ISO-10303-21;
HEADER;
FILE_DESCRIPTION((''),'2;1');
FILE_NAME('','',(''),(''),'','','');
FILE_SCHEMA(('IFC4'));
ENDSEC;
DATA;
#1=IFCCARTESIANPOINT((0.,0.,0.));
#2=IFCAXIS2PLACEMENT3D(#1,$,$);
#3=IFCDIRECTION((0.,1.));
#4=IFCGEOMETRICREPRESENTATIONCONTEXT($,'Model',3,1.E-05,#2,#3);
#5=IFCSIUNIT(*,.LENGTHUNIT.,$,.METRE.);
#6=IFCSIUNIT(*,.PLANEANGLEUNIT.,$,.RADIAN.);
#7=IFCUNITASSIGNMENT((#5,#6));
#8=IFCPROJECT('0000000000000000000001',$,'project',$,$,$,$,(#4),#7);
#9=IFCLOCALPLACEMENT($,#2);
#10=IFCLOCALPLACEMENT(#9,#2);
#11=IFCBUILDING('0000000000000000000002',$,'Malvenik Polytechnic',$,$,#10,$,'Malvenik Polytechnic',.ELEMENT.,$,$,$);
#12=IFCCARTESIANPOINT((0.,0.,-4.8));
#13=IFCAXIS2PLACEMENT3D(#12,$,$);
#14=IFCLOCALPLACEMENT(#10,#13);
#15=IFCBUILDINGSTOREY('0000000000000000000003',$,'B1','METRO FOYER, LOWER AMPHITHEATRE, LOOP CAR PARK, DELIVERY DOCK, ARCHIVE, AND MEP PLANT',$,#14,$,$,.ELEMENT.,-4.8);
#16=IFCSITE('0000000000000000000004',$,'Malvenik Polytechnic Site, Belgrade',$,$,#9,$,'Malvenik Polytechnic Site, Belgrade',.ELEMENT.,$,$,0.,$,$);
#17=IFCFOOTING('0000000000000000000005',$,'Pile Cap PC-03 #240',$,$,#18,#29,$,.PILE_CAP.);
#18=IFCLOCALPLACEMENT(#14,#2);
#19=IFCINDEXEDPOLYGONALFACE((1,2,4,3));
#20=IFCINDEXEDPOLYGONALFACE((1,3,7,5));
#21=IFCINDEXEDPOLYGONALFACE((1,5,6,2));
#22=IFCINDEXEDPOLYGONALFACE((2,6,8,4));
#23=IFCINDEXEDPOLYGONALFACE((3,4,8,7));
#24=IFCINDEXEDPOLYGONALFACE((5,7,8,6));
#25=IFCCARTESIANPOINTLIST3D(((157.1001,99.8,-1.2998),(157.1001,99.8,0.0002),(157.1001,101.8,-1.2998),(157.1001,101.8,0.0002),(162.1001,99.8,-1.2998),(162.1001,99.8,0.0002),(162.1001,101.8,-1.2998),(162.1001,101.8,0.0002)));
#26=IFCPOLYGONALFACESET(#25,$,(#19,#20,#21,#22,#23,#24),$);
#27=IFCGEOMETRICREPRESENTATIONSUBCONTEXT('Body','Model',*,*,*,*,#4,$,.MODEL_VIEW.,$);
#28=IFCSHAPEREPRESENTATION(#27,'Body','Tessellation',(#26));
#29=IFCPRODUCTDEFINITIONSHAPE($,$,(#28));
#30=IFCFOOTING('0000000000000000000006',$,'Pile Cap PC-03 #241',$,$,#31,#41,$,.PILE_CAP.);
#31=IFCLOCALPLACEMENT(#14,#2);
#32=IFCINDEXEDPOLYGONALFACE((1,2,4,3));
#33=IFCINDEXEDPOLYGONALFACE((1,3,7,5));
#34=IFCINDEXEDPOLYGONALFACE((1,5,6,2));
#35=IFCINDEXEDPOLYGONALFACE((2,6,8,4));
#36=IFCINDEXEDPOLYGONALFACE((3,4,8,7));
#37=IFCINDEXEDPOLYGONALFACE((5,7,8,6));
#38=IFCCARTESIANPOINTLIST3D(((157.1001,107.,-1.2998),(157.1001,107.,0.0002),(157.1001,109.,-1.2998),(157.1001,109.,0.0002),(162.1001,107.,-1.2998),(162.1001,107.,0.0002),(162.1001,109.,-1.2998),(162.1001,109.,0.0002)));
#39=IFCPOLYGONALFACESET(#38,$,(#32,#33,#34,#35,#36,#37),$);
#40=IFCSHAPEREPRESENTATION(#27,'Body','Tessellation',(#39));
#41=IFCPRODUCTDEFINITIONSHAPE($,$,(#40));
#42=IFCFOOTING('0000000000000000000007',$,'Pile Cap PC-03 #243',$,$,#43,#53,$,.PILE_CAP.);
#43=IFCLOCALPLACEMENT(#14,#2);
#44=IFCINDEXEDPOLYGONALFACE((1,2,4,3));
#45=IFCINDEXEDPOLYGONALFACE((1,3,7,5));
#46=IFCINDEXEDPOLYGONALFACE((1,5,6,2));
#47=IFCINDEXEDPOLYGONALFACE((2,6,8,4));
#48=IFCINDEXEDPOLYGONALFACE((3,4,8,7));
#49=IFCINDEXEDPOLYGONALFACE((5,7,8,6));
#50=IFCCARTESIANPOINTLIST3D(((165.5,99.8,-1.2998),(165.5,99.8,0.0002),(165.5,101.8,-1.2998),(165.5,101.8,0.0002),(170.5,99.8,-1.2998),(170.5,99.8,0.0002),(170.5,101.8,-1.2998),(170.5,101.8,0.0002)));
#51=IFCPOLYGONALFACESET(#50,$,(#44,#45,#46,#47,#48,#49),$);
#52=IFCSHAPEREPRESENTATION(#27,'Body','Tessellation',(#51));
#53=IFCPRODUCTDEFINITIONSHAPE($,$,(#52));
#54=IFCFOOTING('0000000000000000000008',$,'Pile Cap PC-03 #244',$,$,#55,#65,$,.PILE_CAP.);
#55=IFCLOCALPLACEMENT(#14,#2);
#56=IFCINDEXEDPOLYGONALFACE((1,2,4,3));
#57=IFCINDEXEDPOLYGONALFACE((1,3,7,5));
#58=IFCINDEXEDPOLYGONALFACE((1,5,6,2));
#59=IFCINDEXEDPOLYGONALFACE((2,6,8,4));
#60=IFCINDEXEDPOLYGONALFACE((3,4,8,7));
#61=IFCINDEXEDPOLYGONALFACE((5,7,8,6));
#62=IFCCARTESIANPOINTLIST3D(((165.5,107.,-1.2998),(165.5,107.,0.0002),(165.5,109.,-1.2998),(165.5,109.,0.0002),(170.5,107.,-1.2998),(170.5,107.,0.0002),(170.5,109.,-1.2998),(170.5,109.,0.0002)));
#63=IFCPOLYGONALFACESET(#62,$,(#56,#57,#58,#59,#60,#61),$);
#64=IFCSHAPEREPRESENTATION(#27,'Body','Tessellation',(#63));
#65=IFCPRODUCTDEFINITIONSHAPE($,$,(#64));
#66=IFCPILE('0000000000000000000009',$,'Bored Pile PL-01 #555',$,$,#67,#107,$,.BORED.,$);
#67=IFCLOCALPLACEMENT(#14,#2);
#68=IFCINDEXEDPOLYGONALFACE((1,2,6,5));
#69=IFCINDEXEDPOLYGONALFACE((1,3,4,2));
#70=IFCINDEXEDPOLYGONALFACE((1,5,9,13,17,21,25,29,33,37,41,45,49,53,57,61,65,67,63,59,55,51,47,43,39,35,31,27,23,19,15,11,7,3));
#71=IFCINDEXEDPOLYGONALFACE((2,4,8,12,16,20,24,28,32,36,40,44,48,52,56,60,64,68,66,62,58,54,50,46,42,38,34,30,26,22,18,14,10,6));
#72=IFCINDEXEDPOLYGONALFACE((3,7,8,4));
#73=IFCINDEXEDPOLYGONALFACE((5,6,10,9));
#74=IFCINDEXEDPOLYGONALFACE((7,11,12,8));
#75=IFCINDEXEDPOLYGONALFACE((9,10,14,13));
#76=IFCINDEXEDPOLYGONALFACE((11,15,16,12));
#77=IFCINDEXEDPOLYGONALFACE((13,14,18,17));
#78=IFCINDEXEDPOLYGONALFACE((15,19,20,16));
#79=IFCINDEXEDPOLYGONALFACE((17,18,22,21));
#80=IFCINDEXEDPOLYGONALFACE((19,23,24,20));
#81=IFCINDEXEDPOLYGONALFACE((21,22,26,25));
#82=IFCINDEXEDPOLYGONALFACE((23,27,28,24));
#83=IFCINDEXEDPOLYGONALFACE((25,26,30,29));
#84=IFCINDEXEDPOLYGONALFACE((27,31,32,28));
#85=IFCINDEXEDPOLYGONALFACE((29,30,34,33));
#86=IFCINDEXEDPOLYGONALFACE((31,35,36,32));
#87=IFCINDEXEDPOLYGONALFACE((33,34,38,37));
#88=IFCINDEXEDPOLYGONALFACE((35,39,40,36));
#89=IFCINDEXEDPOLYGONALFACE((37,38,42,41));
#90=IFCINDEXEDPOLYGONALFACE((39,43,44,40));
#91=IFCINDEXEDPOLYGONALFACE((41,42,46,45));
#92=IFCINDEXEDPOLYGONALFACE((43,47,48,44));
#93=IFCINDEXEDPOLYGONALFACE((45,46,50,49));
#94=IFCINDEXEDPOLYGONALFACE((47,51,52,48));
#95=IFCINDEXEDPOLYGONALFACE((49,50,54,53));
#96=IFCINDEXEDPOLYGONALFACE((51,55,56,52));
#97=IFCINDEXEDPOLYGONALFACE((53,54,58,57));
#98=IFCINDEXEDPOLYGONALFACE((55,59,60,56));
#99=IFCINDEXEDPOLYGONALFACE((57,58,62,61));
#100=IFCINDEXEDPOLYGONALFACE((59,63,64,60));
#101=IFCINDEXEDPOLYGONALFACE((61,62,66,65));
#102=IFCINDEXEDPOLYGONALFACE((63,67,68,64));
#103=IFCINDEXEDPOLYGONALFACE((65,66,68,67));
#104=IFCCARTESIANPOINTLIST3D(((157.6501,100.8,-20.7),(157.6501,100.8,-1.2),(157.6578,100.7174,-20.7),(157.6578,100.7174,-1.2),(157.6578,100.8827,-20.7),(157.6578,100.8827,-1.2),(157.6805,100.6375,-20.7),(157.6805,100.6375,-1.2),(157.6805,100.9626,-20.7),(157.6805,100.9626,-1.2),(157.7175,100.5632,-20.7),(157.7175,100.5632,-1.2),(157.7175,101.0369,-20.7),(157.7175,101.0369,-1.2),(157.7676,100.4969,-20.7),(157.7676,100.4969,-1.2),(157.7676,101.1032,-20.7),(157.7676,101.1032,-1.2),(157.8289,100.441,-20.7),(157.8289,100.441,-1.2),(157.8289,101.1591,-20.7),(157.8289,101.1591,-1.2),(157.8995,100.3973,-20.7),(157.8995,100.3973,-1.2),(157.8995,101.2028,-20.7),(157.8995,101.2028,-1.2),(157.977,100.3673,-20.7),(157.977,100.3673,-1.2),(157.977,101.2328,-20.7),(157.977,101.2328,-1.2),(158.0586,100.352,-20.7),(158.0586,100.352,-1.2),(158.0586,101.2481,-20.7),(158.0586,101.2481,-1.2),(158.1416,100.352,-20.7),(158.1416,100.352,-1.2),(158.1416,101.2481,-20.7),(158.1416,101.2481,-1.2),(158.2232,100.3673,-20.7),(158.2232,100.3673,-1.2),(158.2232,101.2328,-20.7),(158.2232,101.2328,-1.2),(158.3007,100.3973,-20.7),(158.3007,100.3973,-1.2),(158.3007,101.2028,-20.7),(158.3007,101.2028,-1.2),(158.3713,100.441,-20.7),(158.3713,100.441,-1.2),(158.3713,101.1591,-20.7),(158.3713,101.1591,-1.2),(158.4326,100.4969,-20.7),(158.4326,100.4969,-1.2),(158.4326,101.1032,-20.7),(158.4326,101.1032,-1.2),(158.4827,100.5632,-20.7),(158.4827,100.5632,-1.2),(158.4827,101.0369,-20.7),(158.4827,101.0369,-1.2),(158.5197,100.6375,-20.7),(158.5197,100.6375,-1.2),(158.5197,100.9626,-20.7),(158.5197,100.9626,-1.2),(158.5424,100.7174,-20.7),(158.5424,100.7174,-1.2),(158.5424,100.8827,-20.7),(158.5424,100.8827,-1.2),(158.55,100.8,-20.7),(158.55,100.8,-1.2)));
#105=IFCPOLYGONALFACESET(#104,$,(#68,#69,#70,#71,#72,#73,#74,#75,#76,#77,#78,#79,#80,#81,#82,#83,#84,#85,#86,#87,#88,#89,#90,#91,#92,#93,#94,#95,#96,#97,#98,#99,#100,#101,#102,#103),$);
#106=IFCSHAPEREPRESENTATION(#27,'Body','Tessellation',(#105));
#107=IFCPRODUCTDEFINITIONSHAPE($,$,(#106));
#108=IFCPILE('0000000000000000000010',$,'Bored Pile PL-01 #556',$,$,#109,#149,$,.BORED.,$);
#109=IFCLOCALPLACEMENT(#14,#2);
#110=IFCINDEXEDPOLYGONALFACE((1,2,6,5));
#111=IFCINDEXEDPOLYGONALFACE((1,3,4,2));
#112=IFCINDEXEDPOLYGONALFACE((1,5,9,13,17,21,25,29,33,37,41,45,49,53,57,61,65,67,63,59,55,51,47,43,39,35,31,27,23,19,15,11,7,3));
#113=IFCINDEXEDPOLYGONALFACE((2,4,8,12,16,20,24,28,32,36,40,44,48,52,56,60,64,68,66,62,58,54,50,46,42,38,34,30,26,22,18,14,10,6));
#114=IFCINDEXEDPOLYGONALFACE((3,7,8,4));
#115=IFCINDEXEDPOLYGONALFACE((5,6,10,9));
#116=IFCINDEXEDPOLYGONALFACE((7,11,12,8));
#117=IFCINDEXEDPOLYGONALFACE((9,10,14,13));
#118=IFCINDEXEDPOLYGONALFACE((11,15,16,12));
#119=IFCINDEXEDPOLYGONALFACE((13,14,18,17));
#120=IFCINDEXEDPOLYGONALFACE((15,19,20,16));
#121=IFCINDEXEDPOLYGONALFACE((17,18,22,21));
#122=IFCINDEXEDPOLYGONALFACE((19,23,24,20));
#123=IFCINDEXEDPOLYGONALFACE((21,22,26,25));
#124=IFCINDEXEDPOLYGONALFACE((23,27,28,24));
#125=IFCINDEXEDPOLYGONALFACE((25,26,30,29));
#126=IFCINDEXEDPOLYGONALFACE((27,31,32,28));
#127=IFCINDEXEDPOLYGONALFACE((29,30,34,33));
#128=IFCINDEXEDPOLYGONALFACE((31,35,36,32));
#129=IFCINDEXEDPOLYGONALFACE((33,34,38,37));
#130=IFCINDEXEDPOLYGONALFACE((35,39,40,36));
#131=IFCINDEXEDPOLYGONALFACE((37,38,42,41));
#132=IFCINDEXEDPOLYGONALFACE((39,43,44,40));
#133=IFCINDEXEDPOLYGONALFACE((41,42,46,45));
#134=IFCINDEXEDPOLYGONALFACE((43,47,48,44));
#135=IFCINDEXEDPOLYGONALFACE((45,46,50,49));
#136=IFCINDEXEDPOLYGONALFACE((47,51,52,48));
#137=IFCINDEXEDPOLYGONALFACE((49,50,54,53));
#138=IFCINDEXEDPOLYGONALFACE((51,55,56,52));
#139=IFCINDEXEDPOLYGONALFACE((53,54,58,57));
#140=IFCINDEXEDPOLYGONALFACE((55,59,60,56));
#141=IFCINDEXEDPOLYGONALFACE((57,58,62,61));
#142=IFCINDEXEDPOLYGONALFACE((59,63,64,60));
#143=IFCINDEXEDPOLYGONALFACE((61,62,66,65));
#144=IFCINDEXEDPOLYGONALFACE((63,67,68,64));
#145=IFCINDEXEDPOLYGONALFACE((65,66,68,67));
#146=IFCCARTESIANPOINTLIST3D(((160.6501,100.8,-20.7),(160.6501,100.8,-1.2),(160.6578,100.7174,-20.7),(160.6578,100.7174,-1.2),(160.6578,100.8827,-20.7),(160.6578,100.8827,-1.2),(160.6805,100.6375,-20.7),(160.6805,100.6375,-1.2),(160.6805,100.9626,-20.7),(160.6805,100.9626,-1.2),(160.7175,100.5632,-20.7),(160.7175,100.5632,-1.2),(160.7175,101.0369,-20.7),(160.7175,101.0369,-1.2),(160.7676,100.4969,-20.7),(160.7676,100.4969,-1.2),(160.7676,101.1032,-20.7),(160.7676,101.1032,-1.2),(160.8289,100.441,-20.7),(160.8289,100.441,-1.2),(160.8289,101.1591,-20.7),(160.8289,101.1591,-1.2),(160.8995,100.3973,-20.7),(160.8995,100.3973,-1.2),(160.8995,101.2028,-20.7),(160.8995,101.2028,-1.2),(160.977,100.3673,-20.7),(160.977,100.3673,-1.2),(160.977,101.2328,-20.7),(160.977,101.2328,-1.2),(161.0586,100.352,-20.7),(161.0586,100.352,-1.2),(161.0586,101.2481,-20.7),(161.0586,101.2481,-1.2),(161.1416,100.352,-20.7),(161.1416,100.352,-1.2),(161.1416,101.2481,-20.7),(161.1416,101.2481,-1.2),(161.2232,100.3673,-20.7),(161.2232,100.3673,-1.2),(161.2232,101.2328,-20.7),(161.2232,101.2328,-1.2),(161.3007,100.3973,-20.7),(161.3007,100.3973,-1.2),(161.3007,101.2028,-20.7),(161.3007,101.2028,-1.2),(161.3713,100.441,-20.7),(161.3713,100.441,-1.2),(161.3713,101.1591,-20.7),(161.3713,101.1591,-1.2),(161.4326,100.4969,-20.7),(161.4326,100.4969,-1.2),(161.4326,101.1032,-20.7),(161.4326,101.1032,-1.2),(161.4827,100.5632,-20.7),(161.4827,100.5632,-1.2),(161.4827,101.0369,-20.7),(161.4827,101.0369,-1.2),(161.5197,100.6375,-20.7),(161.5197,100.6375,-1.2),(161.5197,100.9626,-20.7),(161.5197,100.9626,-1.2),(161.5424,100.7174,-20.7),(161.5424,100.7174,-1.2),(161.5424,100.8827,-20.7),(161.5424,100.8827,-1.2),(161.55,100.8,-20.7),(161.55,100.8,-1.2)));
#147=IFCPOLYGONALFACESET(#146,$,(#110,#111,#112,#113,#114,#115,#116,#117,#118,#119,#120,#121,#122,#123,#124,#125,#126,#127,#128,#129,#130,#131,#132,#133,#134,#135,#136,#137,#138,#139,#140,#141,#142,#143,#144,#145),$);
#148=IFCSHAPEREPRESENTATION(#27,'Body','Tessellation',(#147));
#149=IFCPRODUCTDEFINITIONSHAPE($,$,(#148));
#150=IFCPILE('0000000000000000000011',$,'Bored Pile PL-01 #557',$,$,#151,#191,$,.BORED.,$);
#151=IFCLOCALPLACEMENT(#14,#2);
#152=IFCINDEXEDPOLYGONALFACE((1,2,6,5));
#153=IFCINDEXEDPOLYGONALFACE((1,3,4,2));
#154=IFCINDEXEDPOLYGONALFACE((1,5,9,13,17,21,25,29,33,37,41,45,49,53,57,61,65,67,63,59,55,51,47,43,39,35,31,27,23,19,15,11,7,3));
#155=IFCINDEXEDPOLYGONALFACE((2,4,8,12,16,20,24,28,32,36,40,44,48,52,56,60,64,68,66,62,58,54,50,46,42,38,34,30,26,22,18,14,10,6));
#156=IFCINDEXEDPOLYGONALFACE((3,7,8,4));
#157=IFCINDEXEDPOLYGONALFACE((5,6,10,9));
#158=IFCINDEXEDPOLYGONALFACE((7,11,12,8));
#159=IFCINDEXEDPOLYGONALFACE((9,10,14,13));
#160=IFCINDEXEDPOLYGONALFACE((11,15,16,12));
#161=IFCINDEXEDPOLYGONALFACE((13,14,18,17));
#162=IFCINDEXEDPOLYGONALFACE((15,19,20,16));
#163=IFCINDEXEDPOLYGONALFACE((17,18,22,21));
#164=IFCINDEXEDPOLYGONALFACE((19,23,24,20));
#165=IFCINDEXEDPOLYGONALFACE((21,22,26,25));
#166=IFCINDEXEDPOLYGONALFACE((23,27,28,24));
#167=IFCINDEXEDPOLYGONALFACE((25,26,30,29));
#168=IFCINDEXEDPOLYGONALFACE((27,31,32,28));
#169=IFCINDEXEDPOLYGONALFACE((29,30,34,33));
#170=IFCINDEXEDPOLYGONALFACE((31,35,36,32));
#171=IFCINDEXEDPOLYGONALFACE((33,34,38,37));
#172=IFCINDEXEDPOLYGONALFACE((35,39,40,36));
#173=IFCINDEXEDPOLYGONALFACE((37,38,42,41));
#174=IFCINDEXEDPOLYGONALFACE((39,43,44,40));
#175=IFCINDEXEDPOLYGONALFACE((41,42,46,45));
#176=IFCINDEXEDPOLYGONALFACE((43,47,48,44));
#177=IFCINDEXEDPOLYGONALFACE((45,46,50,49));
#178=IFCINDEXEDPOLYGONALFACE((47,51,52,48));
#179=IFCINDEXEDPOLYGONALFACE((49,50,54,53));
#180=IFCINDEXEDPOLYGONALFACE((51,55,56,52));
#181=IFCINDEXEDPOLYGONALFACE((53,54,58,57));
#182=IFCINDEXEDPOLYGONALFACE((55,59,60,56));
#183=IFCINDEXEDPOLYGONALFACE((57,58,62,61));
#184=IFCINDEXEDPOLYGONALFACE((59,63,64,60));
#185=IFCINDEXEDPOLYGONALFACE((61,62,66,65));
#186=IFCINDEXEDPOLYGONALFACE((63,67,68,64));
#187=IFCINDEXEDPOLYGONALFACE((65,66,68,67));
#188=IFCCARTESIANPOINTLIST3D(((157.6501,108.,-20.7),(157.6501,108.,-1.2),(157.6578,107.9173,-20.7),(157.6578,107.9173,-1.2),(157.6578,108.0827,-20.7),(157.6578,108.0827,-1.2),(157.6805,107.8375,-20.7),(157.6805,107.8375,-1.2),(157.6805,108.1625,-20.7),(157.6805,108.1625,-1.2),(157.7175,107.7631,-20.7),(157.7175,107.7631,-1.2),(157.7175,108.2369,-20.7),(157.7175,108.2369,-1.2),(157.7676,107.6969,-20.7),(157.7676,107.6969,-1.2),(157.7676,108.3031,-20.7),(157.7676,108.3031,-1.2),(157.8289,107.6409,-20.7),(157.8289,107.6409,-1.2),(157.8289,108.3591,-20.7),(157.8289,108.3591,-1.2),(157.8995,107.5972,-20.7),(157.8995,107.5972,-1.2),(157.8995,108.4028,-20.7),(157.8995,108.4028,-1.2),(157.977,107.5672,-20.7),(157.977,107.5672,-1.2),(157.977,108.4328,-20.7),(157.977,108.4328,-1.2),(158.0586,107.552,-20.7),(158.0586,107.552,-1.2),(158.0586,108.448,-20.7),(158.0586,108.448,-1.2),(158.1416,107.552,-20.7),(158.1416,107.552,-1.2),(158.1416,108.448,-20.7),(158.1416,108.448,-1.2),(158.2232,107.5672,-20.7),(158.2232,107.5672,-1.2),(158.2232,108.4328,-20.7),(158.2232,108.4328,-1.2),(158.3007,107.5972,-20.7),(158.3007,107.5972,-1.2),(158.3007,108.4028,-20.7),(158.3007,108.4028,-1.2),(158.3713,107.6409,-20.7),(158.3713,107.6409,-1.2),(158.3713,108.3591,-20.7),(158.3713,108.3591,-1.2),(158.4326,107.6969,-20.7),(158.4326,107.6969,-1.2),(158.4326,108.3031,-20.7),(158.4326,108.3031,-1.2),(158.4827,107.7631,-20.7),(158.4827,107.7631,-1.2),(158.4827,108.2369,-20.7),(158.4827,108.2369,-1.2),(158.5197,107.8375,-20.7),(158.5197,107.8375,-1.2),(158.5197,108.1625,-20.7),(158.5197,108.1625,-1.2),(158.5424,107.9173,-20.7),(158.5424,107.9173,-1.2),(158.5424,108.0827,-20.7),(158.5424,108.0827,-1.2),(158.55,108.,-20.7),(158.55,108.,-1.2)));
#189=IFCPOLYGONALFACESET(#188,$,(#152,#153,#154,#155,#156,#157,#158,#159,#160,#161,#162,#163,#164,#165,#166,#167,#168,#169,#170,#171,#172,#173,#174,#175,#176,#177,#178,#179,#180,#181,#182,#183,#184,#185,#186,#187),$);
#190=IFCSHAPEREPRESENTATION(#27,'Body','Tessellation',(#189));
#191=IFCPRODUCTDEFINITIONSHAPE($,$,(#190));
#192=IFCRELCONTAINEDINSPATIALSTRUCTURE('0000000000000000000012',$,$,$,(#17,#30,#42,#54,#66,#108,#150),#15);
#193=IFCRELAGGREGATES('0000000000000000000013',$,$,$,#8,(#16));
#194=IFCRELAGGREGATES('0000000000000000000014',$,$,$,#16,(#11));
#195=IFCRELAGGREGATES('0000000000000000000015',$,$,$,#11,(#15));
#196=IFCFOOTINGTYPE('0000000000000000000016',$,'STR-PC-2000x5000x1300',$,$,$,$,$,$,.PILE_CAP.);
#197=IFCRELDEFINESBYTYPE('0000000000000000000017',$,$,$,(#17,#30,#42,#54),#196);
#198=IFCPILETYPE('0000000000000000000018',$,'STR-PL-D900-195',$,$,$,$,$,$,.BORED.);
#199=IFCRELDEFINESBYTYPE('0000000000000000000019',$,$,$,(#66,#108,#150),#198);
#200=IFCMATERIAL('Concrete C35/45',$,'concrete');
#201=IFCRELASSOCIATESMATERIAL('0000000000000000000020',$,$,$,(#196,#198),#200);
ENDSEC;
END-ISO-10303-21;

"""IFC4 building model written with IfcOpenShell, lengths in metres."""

from ifc_helpers import new_model, si_unit, direction, frame, origin, origin_2d, place, context, subcontext, project, spatial, rectangle, circle, extrude, material, material_profile, profile_set, type_object, element, save


model = new_model("IFC4")

# Units and contexts
model_context = context("Model", 3, precision=1e-05, world=origin(), true_north=direction((0.0, 1.0)))
body_context = subcontext(model_context, "Body", "Model", "MODEL_VIEW")
ifc_project = project(units=[si_unit("LENGTHUNIT", "METRE"), si_unit("PLANEANGLEUNIT", "RADIAN")], contexts=[model_context])

# Site, building, storey
site_placement = place(None, origin())
site = spatial("IfcSite", under=ifc_project, at=site_placement, Name="Malvenik Polytechnic Site, Belgrade", LongName="Malvenik Polytechnic Site, Belgrade", CompositionType="ELEMENT", RefElevation=0.0)
building_placement = place(site_placement, origin())
building = spatial("IfcBuilding", under=site, at=building_placement, Name="Malvenik Polytechnic", LongName="Malvenik Polytechnic", CompositionType="ELEMENT")
storey_placement = place(building_placement, frame((0.0, 0.0, -4.8)))
storey = spatial("IfcBuildingStorey", under=building, at=storey_placement, Name="B1", Description="METRO FOYER, LOWER AMPHITHEATRE, LOOP CAR PARK, DELIVERY DOCK, ARCHIVE, AND MEP PLANT", CompositionType="ELEMENT", Elevation=-4.8)

# Footings
ifc_material_1 = material(Name="Concrete C35/45", Category="concrete")
footing_type = type_object("IfcFootingType", Name="STR-PC-2000x5000x1300", PredefinedType="PILE_CAP", material=ifc_material_1)
for number, where, z_axis, x_axis, name in (
    (1, (159.6001, 100.8, -1.2998), (0.0, 0.0, 1.0), (1.0, 0.0, 0.0), "Pile Cap PC-03 #240"),
    (2, (159.6001, 108.0, -1.2998), (0.0, 0.0, 1.0), (1.0, 0.0, 0.0), "Pile Cap PC-03 #241"),
    (3, (168.0, 100.8, -1.2998), (0.0, 0.0, 1.0), (1.0, 0.0, 0.0), "Pile Cap PC-03 #243"),
    (4, (168.0, 108.0, -1.2998), (0.0, 0.0, 1.0), (1.0, 0.0, 0.0), "Pile Cap PC-03 #244"),
):
    element("IfcFooting", number, at=place(storey_placement, frame(where, z_axis=z_axis, x_axis=x_axis)), inside=storey, type_object=footing_type, Name=name, PredefinedType="PILE_CAP", context=body_context, shape_type="SweptSolid", body=[
        extrude(rectangle(XDim=5.0, YDim=2.0, at=origin_2d()), origin(), (0.0, 0.0, 1.0), 1.3),
    ])

# Piles
ifc_material_profile_1 = material_profile(ifc_material_1, circle(Radius=0.45, at=origin_2d()), Name="BORED PILE D900")
ifc_profile_set_1 = profile_set([ifc_material_profile_1], Name="Concrete C35/45")
pile_type = type_object("IfcPileType", Name="STR-PL-D900-195", PredefinedType="BORED", material=ifc_profile_set_1)
for number, where, z_axis, x_axis, name in (
    (5, (158.1001, 100.8, -1.2), (0.0, 0.0, -1.0), (1.0, 0.0, 0.0), "Bored Pile PL-01 #555"),
    (6, (161.1001, 100.8, -1.2), (0.0, 0.0, -1.0), (1.0, 0.0, 0.0), "Bored Pile PL-01 #556"),
    (7, (158.1001, 108.0, -1.2), (0.0, 0.0, -1.0), (1.0, 0.0, 0.0), "Bored Pile PL-01 #557"),
):
    element("IfcPile", number, at=place(storey_placement, frame(where, z_axis=z_axis, x_axis=x_axis)), inside=storey, type_object=pile_type, Name=name, PredefinedType="BORED", context=body_context, shape_type="SweptSolid", body=[
        extrude(circle(Radius=0.45, at=origin_2d()), origin(), (0.0, 0.0, 1.0), 19.5),
    ])

save(model, "model.ifc")
